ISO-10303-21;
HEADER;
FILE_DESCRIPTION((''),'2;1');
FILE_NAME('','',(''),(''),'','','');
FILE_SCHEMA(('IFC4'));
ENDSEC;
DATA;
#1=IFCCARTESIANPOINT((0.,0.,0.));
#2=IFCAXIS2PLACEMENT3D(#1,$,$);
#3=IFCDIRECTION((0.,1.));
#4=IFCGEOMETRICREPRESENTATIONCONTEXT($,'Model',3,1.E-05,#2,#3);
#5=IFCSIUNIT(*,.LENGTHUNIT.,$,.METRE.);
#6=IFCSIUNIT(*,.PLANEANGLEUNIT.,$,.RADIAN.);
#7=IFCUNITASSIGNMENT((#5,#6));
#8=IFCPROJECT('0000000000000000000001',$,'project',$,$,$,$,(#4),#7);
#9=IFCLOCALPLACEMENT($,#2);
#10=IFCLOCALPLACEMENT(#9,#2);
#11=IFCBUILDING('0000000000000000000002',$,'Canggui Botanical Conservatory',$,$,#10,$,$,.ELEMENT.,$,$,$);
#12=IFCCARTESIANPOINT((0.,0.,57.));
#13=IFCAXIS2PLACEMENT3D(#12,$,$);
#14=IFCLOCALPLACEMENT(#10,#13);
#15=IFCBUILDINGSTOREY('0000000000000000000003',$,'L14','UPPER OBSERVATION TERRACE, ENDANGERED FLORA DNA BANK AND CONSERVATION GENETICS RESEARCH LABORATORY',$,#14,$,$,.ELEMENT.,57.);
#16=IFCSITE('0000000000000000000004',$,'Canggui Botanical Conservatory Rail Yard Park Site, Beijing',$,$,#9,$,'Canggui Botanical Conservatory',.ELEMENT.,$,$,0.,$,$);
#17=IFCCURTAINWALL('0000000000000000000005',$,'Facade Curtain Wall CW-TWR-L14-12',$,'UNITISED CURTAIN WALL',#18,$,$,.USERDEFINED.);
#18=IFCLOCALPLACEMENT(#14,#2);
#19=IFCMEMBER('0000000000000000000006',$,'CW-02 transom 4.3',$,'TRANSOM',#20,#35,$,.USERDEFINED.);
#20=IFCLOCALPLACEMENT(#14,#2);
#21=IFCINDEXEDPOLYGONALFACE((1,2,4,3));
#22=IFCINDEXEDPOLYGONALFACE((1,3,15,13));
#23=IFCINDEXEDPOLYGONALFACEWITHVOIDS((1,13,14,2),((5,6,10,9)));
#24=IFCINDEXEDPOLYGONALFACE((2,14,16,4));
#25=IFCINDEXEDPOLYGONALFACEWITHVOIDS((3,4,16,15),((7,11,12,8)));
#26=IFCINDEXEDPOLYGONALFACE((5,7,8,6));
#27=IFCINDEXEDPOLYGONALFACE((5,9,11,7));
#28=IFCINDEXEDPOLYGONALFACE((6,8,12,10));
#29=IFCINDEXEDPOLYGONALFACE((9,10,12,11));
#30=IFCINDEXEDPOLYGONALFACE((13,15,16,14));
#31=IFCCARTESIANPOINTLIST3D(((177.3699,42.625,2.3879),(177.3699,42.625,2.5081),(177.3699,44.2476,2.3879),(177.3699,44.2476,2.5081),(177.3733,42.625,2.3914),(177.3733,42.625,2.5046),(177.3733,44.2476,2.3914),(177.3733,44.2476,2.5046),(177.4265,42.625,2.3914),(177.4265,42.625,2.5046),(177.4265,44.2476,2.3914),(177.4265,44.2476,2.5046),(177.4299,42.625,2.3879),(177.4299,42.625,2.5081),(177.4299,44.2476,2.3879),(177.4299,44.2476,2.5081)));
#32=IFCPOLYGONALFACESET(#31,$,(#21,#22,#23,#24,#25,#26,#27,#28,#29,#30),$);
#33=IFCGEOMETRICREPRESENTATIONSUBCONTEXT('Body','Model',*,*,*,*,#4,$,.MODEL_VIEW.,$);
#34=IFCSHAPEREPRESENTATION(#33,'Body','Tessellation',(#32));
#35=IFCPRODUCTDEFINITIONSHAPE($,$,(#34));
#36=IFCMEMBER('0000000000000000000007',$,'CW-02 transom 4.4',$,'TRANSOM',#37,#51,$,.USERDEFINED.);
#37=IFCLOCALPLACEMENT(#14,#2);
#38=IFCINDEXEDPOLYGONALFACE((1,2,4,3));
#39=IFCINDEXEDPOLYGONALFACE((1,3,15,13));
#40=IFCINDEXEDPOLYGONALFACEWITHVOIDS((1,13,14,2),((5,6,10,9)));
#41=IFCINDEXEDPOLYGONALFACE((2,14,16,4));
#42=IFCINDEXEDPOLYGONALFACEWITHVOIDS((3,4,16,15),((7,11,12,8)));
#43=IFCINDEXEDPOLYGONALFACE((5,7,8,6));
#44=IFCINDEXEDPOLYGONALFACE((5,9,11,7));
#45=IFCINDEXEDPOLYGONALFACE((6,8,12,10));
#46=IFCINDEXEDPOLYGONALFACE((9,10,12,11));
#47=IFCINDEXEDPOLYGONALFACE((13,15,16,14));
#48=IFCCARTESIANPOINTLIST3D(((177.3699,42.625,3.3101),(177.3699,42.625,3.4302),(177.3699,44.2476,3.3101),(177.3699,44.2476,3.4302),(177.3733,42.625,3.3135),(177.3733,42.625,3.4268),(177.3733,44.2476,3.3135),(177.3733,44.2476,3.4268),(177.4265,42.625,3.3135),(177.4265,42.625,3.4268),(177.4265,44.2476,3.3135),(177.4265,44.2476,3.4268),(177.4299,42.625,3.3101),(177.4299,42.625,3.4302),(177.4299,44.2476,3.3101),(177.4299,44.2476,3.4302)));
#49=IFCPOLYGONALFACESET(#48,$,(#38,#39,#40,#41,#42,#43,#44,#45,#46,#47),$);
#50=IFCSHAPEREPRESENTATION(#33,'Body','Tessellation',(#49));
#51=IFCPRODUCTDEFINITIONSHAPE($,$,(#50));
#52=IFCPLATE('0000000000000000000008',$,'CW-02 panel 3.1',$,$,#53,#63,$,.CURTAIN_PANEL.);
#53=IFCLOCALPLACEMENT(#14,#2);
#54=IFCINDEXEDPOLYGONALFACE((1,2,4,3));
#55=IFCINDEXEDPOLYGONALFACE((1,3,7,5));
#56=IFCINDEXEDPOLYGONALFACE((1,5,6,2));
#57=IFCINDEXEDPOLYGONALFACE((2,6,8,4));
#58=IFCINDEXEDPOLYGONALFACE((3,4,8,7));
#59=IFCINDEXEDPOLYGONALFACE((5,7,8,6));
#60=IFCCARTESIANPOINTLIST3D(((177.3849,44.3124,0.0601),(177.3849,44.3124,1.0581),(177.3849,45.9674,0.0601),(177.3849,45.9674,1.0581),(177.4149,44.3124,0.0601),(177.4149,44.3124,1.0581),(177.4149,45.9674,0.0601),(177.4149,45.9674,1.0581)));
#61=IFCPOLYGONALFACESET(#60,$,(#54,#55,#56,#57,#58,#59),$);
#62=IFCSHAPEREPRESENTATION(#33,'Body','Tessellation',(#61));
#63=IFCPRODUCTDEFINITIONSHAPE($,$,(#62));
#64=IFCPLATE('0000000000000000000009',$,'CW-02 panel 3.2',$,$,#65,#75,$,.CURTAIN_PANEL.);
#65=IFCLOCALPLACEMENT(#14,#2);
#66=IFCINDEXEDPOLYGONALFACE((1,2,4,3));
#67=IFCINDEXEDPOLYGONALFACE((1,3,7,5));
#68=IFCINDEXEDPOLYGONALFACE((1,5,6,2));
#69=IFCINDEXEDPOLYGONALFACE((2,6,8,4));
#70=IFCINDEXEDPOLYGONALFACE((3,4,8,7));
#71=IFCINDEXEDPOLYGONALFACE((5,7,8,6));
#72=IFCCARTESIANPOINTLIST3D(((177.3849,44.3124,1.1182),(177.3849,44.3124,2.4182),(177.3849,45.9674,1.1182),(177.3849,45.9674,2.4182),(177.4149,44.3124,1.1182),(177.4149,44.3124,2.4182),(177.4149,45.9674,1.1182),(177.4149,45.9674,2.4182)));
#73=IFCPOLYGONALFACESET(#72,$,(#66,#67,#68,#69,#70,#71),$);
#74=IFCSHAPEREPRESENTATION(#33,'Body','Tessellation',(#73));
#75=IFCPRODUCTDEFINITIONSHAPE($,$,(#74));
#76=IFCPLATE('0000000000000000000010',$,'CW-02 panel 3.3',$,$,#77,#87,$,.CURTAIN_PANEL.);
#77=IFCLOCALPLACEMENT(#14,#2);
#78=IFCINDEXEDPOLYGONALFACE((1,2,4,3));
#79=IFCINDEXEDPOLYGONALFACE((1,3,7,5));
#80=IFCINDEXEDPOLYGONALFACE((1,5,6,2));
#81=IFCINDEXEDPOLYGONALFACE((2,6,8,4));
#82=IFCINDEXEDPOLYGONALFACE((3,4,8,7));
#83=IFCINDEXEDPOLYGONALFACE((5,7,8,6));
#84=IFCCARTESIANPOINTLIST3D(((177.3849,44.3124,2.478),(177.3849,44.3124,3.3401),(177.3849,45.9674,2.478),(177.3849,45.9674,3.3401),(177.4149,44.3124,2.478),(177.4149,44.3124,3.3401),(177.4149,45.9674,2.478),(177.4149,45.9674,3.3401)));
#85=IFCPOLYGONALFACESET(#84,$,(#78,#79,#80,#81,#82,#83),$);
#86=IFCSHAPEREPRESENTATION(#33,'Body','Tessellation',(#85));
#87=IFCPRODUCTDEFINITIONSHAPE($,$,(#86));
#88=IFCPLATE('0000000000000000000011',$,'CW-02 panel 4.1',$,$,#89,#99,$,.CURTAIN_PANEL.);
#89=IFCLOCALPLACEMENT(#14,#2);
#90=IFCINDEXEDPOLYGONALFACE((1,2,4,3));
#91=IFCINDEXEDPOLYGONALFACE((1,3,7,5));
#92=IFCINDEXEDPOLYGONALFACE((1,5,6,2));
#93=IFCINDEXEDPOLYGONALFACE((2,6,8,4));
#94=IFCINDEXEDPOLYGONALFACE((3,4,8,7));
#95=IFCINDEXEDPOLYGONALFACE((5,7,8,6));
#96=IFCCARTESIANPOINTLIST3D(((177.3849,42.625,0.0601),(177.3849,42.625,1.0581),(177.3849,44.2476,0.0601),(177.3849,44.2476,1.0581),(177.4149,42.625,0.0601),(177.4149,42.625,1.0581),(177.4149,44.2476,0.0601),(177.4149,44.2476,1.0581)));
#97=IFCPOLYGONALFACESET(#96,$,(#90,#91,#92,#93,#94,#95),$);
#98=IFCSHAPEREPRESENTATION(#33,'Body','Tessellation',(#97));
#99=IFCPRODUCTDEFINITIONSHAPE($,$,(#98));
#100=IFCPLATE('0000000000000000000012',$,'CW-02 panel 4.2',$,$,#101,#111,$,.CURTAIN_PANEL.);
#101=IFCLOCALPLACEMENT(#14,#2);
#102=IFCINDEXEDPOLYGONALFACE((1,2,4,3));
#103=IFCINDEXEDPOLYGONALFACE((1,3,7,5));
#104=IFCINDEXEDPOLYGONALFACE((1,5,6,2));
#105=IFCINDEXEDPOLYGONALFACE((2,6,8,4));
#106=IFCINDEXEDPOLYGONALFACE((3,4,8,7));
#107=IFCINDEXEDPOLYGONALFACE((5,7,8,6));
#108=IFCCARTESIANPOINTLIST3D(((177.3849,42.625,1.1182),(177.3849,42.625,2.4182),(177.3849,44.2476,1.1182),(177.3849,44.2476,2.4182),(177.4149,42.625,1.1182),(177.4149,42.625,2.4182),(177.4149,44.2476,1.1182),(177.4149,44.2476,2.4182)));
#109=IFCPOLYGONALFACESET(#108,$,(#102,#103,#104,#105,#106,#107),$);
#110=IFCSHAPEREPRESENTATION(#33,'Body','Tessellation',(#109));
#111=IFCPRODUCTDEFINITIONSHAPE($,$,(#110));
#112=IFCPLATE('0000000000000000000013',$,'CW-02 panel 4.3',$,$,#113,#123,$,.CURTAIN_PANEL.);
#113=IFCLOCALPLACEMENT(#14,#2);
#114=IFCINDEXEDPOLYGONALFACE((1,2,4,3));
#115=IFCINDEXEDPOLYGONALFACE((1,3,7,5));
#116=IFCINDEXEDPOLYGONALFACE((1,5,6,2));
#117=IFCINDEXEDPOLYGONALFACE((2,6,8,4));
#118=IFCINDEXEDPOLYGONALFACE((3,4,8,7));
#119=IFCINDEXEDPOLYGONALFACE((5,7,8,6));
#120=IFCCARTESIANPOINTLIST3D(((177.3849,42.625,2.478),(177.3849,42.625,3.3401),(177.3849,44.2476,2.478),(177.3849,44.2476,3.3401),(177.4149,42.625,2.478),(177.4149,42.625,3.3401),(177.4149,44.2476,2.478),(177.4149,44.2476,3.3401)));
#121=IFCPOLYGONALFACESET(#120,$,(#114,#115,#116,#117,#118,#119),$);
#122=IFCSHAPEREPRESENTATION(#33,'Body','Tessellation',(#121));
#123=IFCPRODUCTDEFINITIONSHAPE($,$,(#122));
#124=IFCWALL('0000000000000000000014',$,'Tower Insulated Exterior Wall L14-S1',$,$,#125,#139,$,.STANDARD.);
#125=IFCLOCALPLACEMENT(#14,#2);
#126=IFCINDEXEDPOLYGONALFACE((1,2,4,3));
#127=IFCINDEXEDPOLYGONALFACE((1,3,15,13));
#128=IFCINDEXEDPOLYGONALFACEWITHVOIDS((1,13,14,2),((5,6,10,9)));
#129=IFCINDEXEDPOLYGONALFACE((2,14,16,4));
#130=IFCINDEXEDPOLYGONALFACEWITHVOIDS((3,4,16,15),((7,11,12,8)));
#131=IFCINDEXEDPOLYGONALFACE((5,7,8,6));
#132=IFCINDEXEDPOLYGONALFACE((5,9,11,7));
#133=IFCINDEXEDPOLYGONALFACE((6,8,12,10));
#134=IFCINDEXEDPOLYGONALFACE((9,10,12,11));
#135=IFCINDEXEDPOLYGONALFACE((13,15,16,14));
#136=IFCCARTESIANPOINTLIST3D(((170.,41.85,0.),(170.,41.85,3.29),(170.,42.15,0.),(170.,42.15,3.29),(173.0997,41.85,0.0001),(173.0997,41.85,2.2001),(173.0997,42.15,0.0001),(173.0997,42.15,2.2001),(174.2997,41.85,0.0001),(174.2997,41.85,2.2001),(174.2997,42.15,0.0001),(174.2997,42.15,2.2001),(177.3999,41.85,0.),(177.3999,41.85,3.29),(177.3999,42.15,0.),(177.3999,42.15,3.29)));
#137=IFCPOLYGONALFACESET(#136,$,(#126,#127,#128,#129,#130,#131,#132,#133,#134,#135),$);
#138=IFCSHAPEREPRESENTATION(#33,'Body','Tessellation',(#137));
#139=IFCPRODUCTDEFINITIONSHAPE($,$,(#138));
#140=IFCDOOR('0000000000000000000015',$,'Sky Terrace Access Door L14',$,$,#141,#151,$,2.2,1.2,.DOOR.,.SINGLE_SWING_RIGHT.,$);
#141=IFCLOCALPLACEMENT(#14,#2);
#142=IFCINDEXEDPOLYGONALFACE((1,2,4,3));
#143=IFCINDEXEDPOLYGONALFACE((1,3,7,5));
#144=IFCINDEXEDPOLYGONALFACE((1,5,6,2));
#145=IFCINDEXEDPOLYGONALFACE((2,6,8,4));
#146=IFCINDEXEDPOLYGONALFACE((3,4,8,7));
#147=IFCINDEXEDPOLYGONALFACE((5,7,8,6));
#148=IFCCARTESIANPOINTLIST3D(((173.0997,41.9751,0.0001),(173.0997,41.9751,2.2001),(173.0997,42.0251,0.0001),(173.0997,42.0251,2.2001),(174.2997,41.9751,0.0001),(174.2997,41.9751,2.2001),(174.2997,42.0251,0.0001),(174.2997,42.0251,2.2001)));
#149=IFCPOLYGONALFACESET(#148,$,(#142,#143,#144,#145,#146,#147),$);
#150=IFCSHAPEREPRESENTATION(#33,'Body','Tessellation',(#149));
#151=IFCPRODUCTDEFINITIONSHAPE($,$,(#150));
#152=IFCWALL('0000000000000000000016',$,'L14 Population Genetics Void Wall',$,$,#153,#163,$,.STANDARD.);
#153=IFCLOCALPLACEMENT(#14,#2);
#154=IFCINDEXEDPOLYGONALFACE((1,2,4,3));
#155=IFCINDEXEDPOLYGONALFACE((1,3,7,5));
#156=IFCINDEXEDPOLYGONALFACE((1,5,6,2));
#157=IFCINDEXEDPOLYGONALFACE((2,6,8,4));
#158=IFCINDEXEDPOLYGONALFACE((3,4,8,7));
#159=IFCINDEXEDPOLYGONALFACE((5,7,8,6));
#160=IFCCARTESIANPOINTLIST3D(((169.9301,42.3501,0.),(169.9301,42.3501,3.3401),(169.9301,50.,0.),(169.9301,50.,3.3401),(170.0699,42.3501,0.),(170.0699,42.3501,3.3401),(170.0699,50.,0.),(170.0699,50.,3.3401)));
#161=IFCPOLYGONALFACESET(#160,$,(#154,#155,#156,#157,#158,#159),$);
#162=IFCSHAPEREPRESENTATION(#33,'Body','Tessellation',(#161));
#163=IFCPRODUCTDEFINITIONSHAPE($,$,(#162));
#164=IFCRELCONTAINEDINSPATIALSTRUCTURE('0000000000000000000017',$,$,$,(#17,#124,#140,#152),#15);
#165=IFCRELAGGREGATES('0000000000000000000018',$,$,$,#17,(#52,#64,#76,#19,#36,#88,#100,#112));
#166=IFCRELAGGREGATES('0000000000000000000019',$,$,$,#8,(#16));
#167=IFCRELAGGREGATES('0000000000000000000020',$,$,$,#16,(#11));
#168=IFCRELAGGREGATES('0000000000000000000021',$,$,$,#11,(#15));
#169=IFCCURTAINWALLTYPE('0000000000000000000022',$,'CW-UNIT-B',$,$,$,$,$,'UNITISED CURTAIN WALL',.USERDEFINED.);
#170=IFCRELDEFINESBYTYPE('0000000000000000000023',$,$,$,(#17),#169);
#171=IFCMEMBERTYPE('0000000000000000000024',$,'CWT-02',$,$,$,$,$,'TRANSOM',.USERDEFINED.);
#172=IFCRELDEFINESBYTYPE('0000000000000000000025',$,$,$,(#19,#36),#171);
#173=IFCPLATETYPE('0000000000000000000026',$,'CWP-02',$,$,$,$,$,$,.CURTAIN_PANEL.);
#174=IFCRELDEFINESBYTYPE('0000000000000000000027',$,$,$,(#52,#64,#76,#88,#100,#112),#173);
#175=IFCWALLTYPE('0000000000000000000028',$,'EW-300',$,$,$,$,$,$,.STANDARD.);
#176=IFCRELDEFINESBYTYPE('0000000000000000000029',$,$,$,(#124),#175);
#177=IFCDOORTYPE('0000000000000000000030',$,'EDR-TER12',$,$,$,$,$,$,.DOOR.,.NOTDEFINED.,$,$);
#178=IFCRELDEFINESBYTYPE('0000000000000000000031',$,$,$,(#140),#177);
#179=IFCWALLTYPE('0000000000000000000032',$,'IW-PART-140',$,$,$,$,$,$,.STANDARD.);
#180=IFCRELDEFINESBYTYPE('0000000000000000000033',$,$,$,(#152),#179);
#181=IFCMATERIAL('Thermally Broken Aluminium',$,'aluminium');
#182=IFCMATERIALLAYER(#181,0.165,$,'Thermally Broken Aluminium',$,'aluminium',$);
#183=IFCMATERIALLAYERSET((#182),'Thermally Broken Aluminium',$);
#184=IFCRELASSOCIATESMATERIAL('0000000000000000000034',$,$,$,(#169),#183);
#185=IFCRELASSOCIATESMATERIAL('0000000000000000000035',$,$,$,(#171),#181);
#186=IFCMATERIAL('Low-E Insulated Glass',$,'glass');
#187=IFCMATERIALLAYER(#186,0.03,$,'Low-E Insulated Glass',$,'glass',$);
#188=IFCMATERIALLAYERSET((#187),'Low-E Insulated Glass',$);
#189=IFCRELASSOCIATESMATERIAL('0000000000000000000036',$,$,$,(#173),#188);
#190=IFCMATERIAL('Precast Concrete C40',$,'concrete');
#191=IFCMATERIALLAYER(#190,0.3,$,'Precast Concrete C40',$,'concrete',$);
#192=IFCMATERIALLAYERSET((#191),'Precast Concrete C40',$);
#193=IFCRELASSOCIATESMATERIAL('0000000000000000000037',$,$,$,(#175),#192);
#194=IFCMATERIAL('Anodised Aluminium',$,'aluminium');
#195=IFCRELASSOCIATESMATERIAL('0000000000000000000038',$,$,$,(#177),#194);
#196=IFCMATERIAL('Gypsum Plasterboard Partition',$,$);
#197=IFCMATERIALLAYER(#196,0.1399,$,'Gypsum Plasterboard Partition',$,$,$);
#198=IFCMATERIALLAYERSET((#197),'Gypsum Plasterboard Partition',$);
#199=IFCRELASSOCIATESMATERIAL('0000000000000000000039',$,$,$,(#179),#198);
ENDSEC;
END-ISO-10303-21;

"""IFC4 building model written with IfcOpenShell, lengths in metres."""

from ifc_helpers import new_model, si_unit, direction, frame, frame_2d, origin, origin_2d, place, context, subcontext, project, spatial, rectangle, hollow_rectangle, extrude, material, layer, layer_set, material_profile, profile_set, type_object, element, fill, aggregate, save


model = new_model("IFC4")

# Units and contexts
model_context = context("Model", 3, precision=1e-05, world=origin(), true_north=direction((0.0, 1.0)))
body_context = subcontext(model_context, "Body", "Model", "MODEL_VIEW")
ifc_project = project(units=[si_unit("LENGTHUNIT", "METRE"), si_unit("PLANEANGLEUNIT", "RADIAN")], contexts=[model_context])

# Site, building, storey
site_placement = place(None, origin())
site = spatial("IfcSite", under=ifc_project, at=site_placement, Name="Canggui Botanical Conservatory Rail Yard Park Site, Beijing", LongName="Canggui Botanical Conservatory", CompositionType="ELEMENT", RefElevation=0.0)
building_placement = place(site_placement, origin())
building = spatial("IfcBuilding", under=site, at=building_placement, Name="Canggui Botanical Conservatory", CompositionType="ELEMENT")
storey_placement = place(building_placement, frame((0.0, 0.0, 57.0)))
storey = spatial("IfcBuildingStorey", under=building, at=storey_placement, Name="L14", Description="UPPER OBSERVATION TERRACE, ENDANGERED FLORA DNA BANK AND CONSERVATION GENETICS RESEARCH LABORATORY", CompositionType="ELEMENT", Elevation=57.0)

# Curtain wall, members, plates
ifc_material_1 = material(Name="Thermally Broken Aluminium", Category="aluminium")
ifc_layer_1 = layer(ifc_material_1, 0.165, Name="Thermally Broken Aluminium", Category="aluminium")
ifc_layer_set_1 = layer_set([ifc_layer_1], Name="Thermally Broken Aluminium")
curtain_wall_type = type_object("IfcCurtainWallType", Name="CW-UNIT-B", ElementType="UNITISED CURTAIN WALL", PredefinedType="USERDEFINED", material=ifc_layer_set_1)
curtain_wall_placement = place(storey_placement, origin())
curtain_wall = element("IfcCurtainWall", 1, at=curtain_wall_placement, inside=storey, type_object=curtain_wall_type, Name="Facade Curtain Wall CW-TWR-L14-12", ObjectType="UNITISED CURTAIN WALL", PredefinedType="USERDEFINED")
ifc_material_profile_1 = material_profile(ifc_material_1, hollow_rectangle(XDim=0.0601, YDim=0.1201, WallThickness=0.0034, at=origin_2d()), Name="CWT 60x120x3.5")
ifc_profile_set_1 = profile_set([ifc_material_profile_1], Name="Thermally Broken Aluminium")
member_type_1 = type_object("IfcMemberType", Name="CWT-02", ElementType="TRANSOM", PredefinedType="USERDEFINED", material=ifc_profile_set_1)
member_1_placement = place(storey_placement, frame((177.3999, 44.2476, 2.448), z_axis=(0.0, -1.0, 0.0), x_axis=(1.0, 0.0, 0.0)))
member_1 = element("IfcMember", 2, at=member_1_placement, type_object=member_type_1, Name="CW-02 transom 4.3", ObjectType="TRANSOM", PredefinedType="USERDEFINED", context=body_context, shape_type="SweptSolid", body=[
    extrude(hollow_rectangle(XDim=0.0601, YDim=0.1201, WallThickness=0.0034, at=origin_2d()), origin(), (0.0, 0.0, 1.0), 1.6226),
])
member_2_placement = place(storey_placement, frame((177.3999, 44.2476, 3.3701), z_axis=(0.0, -1.0, 0.0), x_axis=(1.0, 0.0, 0.0)))
member_2 = element("IfcMember", 3, at=member_2_placement, type_object=member_type_1, Name="CW-02 transom 4.4", ObjectType="TRANSOM", PredefinedType="USERDEFINED", context=body_context, shape_type="SweptSolid", body=[
    extrude(hollow_rectangle(XDim=0.0601, YDim=0.1201, WallThickness=0.0034, at=origin_2d()), origin(), (0.0, 0.0, 1.0), 1.6226),
])
ifc_material_2 = material(Name="Low-E Insulated Glass", Category="glass")
ifc_layer_2 = layer(ifc_material_2, 0.03, Name="Low-E Insulated Glass", Category="glass")
ifc_layer_set_2 = layer_set([ifc_layer_2], Name="Low-E Insulated Glass")
plate_type = type_object("IfcPlateType", Name="CWP-02", PredefinedType="CURTAIN_PANEL", material=ifc_layer_set_2)
plate_1_placement = place(storey_placement, frame((177.3999, 45.1399, 0.0601), z_axis=(0.0, 0.0, 1.0), x_axis=(0.0, -1.0, 0.0)))
plate_1 = element("IfcPlate", 4, at=plate_1_placement, type_object=plate_type, Name="CW-02 panel 3.1", PredefinedType="CURTAIN_PANEL", context=body_context, shape_type="SweptSolid", body=[
    extrude(rectangle(XDim=1.655, YDim=0.03, at=origin_2d()), origin(), (0.0, 0.0, 1.0), 0.998),
])
plate_2_placement = place(storey_placement, frame((177.3999, 45.1399, 1.1182), z_axis=(0.0, 0.0, 1.0), x_axis=(0.0, -1.0, 0.0)))
plate_2 = element("IfcPlate", 5, at=plate_2_placement, type_object=plate_type, Name="CW-02 panel 3.2", PredefinedType="CURTAIN_PANEL", context=body_context, shape_type="SweptSolid", body=[
    extrude(rectangle(XDim=1.655, YDim=0.03, at=origin_2d()), origin(), (0.0, 0.0, 1.0), 1.3),
])
plate_3_placement = place(storey_placement, frame((177.3999, 45.1399, 2.478), z_axis=(0.0, 0.0, 1.0), x_axis=(0.0, -1.0, 0.0)))
plate_3 = element("IfcPlate", 6, at=plate_3_placement, type_object=plate_type, Name="CW-02 panel 3.3", PredefinedType="CURTAIN_PANEL", context=body_context, shape_type="SweptSolid", body=[
    extrude(rectangle(XDim=1.655, YDim=0.03, at=origin_2d()), origin(), (0.0, 0.0, 1.0), 0.8621),
])
plate_4_placement = place(storey_placement, frame((177.3999, 43.4363, 0.0601), z_axis=(0.0, 0.0, 1.0), x_axis=(0.0, -1.0, 0.0)))
plate_4 = element("IfcPlate", 7, at=plate_4_placement, type_object=plate_type, Name="CW-02 panel 4.1", PredefinedType="CURTAIN_PANEL", context=body_context, shape_type="SweptSolid", body=[
    extrude(rectangle(XDim=1.6226, YDim=0.03, at=origin_2d()), origin(), (0.0, 0.0, 1.0), 0.998),
])
plate_5_placement = place(storey_placement, frame((177.3999, 43.4363, 1.1182), z_axis=(0.0, 0.0, 1.0), x_axis=(0.0, -1.0, 0.0)))
plate_5 = element("IfcPlate", 8, at=plate_5_placement, type_object=plate_type, Name="CW-02 panel 4.2", PredefinedType="CURTAIN_PANEL", context=body_context, shape_type="SweptSolid", body=[
    extrude(rectangle(XDim=1.6226, YDim=0.03, at=origin_2d()), origin(), (0.0, 0.0, 1.0), 1.3),
])
plate_6_placement = place(storey_placement, frame((177.3999, 43.4363, 2.478), z_axis=(0.0, 0.0, 1.0), x_axis=(0.0, -1.0, 0.0)))
plate_6 = element("IfcPlate", 9, at=plate_6_placement, type_object=plate_type, Name="CW-02 panel 4.3", PredefinedType="CURTAIN_PANEL", context=body_context, shape_type="SweptSolid", body=[
    extrude(rectangle(XDim=1.6226, YDim=0.03, at=origin_2d()), origin(), (0.0, 0.0, 1.0), 0.8621),
])
aggregate(curtain_wall, [plate_1, plate_2, plate_3, member_1, member_2, plate_4, plate_5, plate_6])

# Wall, opening, door
ifc_material_3 = material(Name="Precast Concrete C40", Category="concrete")
ifc_layer_3 = layer(ifc_material_3, 0.3, Name="Precast Concrete C40", Category="concrete")
ifc_layer_set_3 = layer_set([ifc_layer_3], Name="Precast Concrete C40")
wall_type_1 = type_object("IfcWallType", Name="EW-300", PredefinedType="STANDARD", material=ifc_layer_set_3)
wall_1_placement = place(storey_placement, frame((177.3999, 42.0, 0.0), z_axis=(0.0, 0.0, 1.0), x_axis=(-1.0, 0.0, 0.0)))
wall_1 = element("IfcWall", 10, at=wall_1_placement, inside=storey, type_object=wall_type_1, Name="Tower Insulated Exterior Wall L14-S1", PredefinedType="STANDARD", context=body_context, shape_type="SweptSolid", body=[
    extrude(rectangle(XDim=7.3999, YDim=0.3, at=frame_2d((3.7, 0.0))), origin(), (0.0, 0.0, 1.0), 3.29),
])
opening_placement = place(wall_1_placement, frame((3.1001, 0.0, 0.0)))
opening = element("IfcOpeningElement", 11, at=opening_placement, cuts=wall_1, PredefinedType="OPENING", context=body_context, shape_type="SweptSolid", body=[
    extrude(rectangle(XDim=1.2, YDim=2.2, at=frame_2d((0.6001, 1.1001))), frame((0.0, 0.1602, 0.0), z_axis=(0.0, -1.0, 0.0), x_axis=(1.0, 0.0, 0.0)), (0.0, 0.0, 1.0), 0.3201),
])
ifc_material_4 = material(Name="Anodised Aluminium", Category="aluminium")
door_type = type_object("IfcDoorType", Name="EDR-TER12", OperationType="NOTDEFINED", PredefinedType="DOOR", material=ifc_material_4)
door_placement = place(opening_placement, origin())
door = element("IfcDoor", 12, at=door_placement, inside=storey, type_object=door_type, Name="Sky Terrace Access Door L14", OperationType="SINGLE_SWING_RIGHT", OverallHeight=2.2, OverallWidth=1.2, PredefinedType="DOOR", context=body_context, shape_type="SweptSolid", body=[
    extrude(rectangle(XDim=1.2, YDim=2.2, at=frame_2d((0.6001, 1.1001))), frame((0.0, 0.0249, 0.0), z_axis=(0.0, -1.0, 0.0), x_axis=(1.0, 0.0, 0.0)), (0.0, 0.0, 1.0), 0.05),
])
fill(opening, door)

# Wall
ifc_material_5 = material(Name="Gypsum Plasterboard Partition")
ifc_layer_4 = layer(ifc_material_5, 0.1399, Name="Gypsum Plasterboard Partition")
ifc_layer_set_4 = layer_set([ifc_layer_4], Name="Gypsum Plasterboard Partition")
wall_type_2 = type_object("IfcWallType", Name="IW-PART-140", PredefinedType="STANDARD", material=ifc_layer_set_4)
wall_2_placement = place(storey_placement, frame((170.0, 42.3501, 0.0), z_axis=(0.0, 0.0, 1.0), x_axis=(0.0, 1.0, 0.0)))
element("IfcWall", 13, at=wall_2_placement, inside=storey, type_object=wall_type_2, Name="L14 Population Genetics Void Wall", PredefinedType="STANDARD", context=body_context, shape_type="SweptSolid", body=[
    extrude(rectangle(XDim=7.6499, YDim=0.1399, at=frame_2d((3.825, 0.0))), origin(), (0.0, 0.0, 1.0), 3.3401),
])

save(model, "model.ifc")
